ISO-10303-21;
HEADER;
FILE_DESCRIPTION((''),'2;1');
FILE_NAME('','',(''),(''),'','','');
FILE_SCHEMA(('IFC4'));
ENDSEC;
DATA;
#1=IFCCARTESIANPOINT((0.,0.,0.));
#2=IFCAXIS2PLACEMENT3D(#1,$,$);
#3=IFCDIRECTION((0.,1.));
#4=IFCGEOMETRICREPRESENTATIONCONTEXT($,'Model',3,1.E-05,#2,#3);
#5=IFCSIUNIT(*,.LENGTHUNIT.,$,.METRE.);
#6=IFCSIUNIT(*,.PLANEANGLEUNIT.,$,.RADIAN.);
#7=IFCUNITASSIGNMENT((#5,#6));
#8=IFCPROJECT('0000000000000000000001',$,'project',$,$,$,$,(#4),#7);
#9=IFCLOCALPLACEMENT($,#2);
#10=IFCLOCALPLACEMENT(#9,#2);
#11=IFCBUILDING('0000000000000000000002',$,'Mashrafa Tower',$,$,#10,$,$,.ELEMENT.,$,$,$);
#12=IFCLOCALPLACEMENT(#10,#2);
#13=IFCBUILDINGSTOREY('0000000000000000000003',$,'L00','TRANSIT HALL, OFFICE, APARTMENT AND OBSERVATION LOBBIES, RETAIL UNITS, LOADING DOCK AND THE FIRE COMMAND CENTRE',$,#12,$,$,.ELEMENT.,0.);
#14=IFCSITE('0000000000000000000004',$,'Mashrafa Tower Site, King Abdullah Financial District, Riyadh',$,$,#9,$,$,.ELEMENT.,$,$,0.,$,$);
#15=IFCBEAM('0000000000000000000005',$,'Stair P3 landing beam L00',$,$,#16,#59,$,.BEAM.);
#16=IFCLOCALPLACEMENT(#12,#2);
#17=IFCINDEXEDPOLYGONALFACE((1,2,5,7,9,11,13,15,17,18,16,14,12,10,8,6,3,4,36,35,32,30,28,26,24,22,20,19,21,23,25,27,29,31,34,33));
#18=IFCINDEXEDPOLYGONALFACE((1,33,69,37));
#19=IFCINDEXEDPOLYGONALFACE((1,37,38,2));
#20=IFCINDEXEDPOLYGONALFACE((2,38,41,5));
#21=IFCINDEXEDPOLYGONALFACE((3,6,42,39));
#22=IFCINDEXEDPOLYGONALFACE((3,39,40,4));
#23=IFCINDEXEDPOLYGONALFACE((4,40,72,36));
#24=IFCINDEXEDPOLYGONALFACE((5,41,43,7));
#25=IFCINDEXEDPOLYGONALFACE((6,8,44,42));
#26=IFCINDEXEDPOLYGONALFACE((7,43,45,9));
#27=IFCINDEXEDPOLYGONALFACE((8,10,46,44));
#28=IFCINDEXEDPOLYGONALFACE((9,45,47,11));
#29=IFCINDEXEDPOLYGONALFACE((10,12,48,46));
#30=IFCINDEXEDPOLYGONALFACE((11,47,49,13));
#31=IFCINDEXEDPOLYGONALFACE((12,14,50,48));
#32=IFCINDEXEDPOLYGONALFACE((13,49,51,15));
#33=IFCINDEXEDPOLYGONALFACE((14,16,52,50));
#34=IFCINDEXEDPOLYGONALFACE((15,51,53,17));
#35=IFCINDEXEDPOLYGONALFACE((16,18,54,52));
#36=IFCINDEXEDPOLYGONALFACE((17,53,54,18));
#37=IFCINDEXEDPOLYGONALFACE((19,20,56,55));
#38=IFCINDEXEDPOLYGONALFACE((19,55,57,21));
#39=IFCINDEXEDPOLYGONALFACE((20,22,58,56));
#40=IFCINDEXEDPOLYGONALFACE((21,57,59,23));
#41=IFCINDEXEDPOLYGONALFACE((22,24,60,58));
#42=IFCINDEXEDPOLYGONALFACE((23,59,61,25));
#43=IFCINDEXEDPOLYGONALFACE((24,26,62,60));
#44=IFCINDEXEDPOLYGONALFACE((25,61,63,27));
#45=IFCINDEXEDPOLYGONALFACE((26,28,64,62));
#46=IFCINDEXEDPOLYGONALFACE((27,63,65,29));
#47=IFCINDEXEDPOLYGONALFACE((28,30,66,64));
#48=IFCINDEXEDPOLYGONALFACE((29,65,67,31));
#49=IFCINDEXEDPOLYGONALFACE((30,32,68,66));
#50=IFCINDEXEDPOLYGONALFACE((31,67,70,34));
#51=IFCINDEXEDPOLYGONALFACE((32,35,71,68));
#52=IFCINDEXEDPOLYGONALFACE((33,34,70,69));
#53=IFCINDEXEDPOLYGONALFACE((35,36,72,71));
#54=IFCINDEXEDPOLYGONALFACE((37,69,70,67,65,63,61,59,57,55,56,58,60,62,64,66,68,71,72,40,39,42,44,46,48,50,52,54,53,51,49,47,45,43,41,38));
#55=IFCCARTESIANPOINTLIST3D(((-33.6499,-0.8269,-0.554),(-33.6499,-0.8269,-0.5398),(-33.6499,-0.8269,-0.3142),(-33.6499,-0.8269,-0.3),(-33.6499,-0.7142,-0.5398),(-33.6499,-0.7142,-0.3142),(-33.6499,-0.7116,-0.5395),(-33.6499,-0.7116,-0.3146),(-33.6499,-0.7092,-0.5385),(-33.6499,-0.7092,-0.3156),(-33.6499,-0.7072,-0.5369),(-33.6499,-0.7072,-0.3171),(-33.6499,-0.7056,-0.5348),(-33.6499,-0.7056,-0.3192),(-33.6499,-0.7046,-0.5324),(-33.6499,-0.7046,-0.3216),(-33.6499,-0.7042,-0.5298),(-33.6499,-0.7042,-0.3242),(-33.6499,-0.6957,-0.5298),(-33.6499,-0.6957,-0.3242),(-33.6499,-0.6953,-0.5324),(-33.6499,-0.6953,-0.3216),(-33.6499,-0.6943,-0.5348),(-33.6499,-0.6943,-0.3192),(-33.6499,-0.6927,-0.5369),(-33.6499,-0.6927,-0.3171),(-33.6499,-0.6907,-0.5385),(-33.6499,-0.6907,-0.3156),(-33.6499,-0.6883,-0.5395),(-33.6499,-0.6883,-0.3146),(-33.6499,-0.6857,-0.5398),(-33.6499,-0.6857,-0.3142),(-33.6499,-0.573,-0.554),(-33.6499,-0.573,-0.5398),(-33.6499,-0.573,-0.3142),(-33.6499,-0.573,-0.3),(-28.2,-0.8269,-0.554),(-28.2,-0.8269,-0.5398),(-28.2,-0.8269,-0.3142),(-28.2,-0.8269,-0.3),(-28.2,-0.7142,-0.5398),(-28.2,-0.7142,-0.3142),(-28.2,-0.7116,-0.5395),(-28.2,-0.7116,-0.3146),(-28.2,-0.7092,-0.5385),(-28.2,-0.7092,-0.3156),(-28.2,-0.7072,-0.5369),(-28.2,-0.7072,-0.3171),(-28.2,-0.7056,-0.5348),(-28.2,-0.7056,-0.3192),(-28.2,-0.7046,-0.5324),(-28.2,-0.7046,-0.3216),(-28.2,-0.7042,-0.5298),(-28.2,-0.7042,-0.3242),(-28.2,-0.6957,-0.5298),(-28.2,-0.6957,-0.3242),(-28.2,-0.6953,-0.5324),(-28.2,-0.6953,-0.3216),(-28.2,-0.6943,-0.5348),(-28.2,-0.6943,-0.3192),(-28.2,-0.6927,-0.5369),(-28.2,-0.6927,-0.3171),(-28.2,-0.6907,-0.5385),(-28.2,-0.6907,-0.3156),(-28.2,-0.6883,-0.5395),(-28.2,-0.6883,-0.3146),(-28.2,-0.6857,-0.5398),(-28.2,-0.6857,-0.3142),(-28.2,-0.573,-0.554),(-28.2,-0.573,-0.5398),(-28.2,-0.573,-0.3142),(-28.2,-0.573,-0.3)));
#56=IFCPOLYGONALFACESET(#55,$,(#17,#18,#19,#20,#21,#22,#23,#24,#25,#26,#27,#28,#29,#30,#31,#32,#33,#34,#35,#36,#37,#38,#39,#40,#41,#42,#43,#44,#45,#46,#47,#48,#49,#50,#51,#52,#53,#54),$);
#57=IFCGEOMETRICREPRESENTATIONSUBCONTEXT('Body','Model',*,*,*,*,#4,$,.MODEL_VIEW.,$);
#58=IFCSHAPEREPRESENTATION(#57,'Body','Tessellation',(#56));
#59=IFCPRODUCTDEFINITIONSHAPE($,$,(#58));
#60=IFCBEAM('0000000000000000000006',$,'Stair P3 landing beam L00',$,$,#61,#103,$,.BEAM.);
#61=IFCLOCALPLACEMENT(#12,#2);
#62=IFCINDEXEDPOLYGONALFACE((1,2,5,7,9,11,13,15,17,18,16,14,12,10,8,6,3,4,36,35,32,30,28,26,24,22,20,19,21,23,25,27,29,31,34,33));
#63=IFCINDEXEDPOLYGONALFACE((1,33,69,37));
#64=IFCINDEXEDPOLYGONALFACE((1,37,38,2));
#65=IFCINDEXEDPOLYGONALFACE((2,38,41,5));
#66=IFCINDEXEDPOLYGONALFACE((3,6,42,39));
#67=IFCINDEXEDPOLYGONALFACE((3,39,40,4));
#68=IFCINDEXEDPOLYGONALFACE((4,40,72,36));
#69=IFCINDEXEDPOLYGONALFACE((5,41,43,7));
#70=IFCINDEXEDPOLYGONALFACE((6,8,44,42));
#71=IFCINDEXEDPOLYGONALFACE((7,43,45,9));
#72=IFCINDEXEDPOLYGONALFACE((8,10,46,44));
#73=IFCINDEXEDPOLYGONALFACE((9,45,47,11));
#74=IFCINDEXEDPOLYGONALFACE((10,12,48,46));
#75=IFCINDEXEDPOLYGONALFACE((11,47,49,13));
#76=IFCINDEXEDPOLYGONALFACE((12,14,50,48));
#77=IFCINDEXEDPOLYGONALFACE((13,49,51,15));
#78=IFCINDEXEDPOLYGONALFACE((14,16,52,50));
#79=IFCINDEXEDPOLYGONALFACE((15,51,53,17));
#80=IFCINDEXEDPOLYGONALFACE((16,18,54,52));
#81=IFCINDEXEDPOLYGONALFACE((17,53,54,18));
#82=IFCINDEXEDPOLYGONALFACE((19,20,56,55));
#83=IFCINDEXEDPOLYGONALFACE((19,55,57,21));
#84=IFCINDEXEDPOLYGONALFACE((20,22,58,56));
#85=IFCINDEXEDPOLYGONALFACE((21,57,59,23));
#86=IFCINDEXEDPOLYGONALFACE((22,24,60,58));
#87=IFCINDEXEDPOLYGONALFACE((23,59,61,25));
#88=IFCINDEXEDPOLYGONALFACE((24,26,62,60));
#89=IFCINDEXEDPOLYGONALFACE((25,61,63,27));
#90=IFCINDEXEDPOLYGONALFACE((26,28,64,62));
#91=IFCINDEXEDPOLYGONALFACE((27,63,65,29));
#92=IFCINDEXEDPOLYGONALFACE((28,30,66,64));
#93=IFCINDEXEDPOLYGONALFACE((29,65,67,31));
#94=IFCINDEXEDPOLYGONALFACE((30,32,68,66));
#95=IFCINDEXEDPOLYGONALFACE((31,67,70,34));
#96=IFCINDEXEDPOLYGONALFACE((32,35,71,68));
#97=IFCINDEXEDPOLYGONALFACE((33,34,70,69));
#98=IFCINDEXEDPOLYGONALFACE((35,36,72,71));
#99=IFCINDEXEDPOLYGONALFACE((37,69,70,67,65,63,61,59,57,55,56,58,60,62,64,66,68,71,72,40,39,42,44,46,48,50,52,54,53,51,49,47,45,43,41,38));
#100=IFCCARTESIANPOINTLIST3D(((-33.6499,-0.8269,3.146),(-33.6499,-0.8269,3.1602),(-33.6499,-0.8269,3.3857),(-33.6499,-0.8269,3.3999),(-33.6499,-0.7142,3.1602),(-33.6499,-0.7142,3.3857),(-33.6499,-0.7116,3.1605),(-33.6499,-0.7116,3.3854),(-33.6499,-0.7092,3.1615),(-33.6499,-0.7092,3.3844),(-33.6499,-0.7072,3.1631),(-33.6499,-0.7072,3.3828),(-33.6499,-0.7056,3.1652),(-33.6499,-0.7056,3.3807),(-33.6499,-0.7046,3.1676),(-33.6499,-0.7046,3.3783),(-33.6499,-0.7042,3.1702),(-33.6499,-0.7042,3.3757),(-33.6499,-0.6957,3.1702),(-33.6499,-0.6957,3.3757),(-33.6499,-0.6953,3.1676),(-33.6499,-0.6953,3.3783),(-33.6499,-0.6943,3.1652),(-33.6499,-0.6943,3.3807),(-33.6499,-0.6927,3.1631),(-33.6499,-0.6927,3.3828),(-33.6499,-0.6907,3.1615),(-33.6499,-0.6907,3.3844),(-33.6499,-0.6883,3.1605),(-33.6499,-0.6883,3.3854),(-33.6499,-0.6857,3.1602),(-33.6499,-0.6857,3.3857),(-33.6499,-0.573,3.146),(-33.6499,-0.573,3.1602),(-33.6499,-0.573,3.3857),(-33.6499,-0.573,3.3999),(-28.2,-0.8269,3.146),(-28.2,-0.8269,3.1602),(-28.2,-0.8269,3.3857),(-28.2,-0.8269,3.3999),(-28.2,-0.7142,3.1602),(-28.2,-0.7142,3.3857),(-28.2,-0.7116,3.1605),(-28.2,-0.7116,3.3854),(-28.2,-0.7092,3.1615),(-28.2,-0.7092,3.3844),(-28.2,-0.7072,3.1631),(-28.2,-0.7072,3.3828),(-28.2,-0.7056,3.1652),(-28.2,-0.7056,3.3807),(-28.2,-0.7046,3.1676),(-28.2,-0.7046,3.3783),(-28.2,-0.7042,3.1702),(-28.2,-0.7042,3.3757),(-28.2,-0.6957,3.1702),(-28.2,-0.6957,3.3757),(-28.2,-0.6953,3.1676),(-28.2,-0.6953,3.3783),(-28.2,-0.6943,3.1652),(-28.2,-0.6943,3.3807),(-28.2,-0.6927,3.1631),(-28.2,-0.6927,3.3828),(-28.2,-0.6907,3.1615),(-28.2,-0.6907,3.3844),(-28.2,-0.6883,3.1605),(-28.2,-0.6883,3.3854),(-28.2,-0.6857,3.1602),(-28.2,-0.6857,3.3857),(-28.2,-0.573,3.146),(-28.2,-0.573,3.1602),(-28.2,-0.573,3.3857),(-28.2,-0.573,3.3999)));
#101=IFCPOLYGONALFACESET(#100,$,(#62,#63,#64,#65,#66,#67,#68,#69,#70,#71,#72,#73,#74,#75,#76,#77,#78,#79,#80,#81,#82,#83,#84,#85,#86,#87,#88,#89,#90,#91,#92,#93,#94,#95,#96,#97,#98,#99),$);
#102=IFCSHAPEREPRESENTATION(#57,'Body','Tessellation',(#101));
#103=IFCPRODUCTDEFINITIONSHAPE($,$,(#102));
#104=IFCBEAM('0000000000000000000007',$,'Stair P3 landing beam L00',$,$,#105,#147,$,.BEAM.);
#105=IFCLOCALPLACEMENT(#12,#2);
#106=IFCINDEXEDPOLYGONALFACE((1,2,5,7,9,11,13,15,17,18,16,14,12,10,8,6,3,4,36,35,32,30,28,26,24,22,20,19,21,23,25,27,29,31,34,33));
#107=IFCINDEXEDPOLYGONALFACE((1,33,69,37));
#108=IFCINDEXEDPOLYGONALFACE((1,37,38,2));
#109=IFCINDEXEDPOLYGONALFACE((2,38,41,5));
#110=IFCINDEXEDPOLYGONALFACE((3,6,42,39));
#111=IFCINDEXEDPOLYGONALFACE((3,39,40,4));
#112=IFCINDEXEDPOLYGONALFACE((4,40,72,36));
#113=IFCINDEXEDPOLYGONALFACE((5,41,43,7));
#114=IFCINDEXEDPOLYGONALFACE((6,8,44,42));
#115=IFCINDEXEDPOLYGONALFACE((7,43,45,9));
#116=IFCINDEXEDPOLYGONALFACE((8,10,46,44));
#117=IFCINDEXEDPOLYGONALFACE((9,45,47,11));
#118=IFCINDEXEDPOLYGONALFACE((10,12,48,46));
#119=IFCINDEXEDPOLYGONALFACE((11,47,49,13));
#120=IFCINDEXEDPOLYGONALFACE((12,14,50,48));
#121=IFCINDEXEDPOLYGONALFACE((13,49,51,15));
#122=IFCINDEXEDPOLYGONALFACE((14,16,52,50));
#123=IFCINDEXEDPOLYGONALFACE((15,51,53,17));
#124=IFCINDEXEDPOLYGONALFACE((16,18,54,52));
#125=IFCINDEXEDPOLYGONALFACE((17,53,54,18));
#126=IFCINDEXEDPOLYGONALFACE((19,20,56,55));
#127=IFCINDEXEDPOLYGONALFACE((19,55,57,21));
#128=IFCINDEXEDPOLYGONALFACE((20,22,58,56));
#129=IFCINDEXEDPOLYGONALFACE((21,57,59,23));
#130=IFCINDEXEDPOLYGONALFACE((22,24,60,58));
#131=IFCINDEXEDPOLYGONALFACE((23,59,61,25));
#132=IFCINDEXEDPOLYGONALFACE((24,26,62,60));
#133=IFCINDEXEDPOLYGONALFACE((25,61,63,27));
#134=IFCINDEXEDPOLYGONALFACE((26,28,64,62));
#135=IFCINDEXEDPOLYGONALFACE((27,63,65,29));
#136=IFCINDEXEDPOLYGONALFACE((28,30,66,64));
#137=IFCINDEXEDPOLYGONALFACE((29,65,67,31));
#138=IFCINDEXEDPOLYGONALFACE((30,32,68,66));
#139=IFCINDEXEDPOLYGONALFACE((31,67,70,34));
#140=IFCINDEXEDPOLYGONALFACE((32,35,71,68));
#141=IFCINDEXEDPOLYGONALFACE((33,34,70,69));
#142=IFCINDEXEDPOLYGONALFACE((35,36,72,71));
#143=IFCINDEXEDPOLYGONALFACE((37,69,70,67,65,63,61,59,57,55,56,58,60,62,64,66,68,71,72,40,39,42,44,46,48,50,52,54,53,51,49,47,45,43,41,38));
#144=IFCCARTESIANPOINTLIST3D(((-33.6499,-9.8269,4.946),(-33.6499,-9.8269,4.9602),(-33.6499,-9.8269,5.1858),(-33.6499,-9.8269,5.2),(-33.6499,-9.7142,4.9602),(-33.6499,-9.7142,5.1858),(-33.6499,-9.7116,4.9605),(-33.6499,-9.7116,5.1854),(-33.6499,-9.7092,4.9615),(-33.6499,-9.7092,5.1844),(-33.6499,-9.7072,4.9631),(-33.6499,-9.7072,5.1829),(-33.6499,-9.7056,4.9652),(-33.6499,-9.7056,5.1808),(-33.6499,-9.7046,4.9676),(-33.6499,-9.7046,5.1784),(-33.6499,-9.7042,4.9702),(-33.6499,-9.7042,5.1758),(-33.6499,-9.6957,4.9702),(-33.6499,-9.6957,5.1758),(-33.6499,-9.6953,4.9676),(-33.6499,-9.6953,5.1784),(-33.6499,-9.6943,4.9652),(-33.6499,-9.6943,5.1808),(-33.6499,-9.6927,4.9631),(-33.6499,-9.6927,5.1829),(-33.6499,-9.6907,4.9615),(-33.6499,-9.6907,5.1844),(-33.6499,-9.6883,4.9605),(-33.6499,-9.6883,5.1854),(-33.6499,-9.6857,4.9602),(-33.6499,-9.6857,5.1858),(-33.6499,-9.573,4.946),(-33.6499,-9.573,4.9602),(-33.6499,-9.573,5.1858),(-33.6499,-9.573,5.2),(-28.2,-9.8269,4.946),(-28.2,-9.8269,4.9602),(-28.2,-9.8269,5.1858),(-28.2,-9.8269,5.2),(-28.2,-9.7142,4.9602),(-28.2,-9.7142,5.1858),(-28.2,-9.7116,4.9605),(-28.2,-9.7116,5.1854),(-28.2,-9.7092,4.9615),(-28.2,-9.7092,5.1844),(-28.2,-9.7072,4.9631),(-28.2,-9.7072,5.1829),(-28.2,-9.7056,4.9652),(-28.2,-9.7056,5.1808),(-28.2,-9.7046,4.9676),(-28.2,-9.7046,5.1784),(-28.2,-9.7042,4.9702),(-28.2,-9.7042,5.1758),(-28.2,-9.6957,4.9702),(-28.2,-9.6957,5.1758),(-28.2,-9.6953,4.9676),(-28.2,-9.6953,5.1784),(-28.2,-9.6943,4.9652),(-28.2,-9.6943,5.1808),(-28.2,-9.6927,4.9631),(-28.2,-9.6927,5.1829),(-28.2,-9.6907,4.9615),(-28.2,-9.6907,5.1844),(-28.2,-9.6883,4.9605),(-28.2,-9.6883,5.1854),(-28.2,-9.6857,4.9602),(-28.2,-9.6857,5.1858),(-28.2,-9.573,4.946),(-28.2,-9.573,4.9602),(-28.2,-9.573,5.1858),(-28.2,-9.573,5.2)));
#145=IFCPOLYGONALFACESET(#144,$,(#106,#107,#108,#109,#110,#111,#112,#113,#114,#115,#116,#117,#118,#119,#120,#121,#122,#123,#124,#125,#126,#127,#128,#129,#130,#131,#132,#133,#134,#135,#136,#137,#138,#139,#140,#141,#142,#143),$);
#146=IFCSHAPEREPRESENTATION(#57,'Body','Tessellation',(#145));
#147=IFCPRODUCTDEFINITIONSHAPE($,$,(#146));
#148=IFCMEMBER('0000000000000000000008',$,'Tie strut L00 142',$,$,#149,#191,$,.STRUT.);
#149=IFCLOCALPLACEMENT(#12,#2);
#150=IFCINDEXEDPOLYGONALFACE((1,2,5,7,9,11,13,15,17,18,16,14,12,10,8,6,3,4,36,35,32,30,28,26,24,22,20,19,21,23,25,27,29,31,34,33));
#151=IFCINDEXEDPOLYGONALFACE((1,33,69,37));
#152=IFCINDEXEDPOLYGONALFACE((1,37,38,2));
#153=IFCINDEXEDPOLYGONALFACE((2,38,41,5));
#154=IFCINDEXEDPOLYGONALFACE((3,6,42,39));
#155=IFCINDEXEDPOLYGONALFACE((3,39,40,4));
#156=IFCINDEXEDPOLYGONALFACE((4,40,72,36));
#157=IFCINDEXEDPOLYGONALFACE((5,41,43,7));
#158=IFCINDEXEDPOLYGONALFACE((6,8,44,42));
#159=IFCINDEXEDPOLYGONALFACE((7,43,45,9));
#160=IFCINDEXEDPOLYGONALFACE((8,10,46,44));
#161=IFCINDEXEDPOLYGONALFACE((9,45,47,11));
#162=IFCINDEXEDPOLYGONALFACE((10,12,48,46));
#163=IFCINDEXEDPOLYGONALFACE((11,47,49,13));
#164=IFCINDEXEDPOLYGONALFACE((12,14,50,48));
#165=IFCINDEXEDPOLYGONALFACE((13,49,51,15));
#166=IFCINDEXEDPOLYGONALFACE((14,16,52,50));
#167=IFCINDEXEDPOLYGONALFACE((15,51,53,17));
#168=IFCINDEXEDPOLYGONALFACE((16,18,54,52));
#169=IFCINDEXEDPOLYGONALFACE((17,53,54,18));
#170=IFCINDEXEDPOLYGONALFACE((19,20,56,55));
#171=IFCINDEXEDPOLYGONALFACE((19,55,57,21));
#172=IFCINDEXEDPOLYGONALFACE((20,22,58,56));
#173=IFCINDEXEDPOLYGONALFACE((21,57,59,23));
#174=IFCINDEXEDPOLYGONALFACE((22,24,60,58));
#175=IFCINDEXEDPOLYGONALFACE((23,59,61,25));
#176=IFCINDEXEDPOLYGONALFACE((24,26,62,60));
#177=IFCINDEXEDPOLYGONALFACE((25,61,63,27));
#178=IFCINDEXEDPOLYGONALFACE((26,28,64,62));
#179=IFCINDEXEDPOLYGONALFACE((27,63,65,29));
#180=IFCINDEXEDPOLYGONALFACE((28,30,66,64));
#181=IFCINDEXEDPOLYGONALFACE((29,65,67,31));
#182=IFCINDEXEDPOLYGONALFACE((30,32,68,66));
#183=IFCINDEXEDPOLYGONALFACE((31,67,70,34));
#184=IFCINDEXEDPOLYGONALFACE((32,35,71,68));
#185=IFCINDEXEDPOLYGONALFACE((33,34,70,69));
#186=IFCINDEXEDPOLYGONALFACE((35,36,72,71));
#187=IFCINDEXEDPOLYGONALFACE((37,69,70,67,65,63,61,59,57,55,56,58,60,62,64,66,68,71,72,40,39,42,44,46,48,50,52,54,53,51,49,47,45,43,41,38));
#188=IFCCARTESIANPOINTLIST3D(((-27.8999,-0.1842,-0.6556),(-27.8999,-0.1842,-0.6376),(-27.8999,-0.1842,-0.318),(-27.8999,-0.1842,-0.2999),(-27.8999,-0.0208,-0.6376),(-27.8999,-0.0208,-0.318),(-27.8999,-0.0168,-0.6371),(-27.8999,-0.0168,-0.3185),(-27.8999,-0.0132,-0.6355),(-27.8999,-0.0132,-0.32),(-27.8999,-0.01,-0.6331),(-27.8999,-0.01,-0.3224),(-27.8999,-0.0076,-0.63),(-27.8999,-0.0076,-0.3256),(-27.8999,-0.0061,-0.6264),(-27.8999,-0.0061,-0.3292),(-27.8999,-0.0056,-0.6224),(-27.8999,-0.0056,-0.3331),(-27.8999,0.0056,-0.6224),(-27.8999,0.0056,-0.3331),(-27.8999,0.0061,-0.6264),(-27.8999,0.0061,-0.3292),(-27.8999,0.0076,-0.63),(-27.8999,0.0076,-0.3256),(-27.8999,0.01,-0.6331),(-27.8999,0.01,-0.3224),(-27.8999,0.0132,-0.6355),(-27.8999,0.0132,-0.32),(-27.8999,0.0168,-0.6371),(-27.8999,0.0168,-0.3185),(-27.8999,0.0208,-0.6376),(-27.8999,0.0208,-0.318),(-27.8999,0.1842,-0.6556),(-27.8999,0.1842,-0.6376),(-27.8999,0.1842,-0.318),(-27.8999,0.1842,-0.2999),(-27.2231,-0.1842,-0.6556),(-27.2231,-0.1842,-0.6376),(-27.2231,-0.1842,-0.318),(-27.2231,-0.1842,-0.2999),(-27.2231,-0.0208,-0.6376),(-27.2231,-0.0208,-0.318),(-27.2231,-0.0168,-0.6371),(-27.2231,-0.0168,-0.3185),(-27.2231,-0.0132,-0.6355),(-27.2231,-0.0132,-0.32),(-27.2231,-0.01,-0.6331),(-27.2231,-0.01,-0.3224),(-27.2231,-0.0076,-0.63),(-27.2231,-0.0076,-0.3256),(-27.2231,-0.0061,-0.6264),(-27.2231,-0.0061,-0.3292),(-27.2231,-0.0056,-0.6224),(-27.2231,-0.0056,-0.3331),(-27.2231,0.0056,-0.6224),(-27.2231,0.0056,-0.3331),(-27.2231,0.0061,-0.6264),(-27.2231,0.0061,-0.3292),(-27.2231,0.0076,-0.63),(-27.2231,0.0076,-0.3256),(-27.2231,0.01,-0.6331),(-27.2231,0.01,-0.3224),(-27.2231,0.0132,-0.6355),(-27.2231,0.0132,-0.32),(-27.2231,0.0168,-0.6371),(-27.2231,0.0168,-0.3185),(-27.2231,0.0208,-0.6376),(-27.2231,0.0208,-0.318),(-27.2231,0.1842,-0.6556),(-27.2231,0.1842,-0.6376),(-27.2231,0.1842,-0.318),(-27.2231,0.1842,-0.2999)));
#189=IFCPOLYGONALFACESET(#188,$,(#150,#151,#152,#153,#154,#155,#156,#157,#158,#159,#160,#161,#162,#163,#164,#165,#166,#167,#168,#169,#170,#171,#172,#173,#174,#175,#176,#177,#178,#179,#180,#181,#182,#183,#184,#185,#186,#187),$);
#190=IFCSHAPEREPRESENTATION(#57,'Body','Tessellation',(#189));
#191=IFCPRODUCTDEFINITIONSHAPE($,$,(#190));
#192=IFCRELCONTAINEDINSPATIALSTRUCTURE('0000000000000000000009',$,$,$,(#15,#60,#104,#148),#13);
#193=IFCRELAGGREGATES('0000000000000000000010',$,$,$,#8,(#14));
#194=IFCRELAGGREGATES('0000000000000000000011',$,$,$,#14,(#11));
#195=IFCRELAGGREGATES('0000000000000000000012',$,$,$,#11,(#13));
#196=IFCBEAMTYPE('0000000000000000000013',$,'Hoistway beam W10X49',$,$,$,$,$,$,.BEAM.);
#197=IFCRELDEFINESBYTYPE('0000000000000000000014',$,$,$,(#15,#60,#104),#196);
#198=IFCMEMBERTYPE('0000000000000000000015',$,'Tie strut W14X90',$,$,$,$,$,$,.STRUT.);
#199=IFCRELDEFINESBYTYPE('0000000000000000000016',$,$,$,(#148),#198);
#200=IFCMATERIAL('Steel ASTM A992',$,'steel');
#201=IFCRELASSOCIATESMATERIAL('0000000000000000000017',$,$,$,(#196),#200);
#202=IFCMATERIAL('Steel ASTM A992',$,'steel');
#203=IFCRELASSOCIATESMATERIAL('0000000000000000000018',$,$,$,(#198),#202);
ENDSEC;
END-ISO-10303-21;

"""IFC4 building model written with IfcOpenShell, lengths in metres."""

from ifc_helpers import new_model, si_unit, direction, frame, origin, origin_2d, place, context, subcontext, project, spatial, i_section, extrude, source, transform, mapped, material, material_profile, profile_set, type_object, type_shapes, element, save


model = new_model("IFC4")

# Units and contexts
model_context = context("Model", 3, precision=1e-05, world=origin(), true_north=direction((0.0, 1.0)))
body_context = subcontext(model_context, "Body", "Model", "MODEL_VIEW")
ifc_project = project(units=[si_unit("LENGTHUNIT", "METRE"), si_unit("PLANEANGLEUNIT", "RADIAN")], contexts=[model_context])

# Site, building, storey
site_placement = place(None, origin())
site = spatial("IfcSite", under=ifc_project, at=site_placement, Name="Mashrafa Tower Site, King Abdullah Financial District, Riyadh", CompositionType="ELEMENT", RefElevation=0.0)
building_placement = place(site_placement, origin())
building = spatial("IfcBuilding", under=site, at=building_placement, Name="Mashrafa Tower", CompositionType="ELEMENT")
storey_placement = place(building_placement, origin())
storey = spatial("IfcBuildingStorey", under=building, at=storey_placement, Name="L00", Description="TRANSIT HALL, OFFICE, APARTMENT AND OBSERVATION LOBBIES, RETAIL UNITS, LOADING DOCK AND THE FIRE COMMAND CENTRE", CompositionType="ELEMENT", Elevation=0.0)

# Beams
ifc_material_1 = material(Name="Steel ASTM A992", Category="steel")
ifc_material_profile_1 = material_profile(ifc_material_1, i_section(OverallWidth=0.2539, OverallDepth=0.2539, WebThickness=0.0085, FlangeThickness=0.0142, FilletRadius=0.01, at=origin_2d()), Name="W10X49")
ifc_profile_set_1 = profile_set([ifc_material_profile_1], Name="Steel ASTM A992")
beam_type_1 = type_object("IfcBeamType", Name="Hoistway beam W10X49", PredefinedType="BEAM", material=ifc_profile_set_1)
for number, where, z_axis, x_axis, name in (
    (1, (-33.6499, -0.7, -0.427), (1.0, 0.0, 0.0), (0.0, 1.0, 0.0), "Stair P3 landing beam L00"),
    (2, (-33.6499, -0.7, 3.2729), (1.0, 0.0, 0.0), (0.0, 1.0, 0.0), "Stair P3 landing beam L00"),
    (3, (-33.6499, -9.7, 5.073), (1.0, 0.0, 0.0), (0.0, 1.0, 0.0), "Stair P3 landing beam L00"),
):
    element("IfcBeam", number, at=place(storey_placement, frame(where, z_axis=z_axis, x_axis=x_axis)), inside=storey, type_object=beam_type_1, Name=name, PredefinedType="BEAM", context=body_context, shape_type="SweptSolid", body=[
        extrude(i_section(OverallWidth=0.2539, OverallDepth=0.2539, WebThickness=0.0085, FlangeThickness=0.0142, FilletRadius=0.01, at=origin_2d()), origin(), (0.0, 0.0, 1.0), 5.45),
    ])

# Member
ifc_material_2 = material(Name="Steel ASTM A992", Category="steel")
ifc_material_profile_2 = material_profile(ifc_material_2, i_section(OverallWidth=0.3684, OverallDepth=0.3557, WebThickness=0.0112, FlangeThickness=0.0181, FilletRadius=0.0151, at=origin_2d()), Name="W14X90")
ifc_profile_set_2 = profile_set([ifc_material_profile_2], Name="Steel ASTM A992")
member_type = type_object("IfcMemberType", Name="Tie strut W14X90", PredefinedType="STRUT", material=ifc_profile_set_2)
shared_shape = source(origin(), body_context, "Body", "SweptSolid", [
    extrude(i_section(OverallWidth=0.3684, OverallDepth=0.3557, WebThickness=0.0112, FlangeThickness=0.0181, FilletRadius=0.0151, at=origin_2d()), origin(), (0.0, 0.0, 1.0), 0.6768),
])
type_shapes(member_type, [shared_shape])
member_placement = place(storey_placement, frame((-27.2231, 0.0, -0.4778), z_axis=(-1.0, 0.0, 0.0), x_axis=(0.0, -1.0, 0.0)))
element("IfcMember", 4, at=member_placement, inside=storey, type_object=member_type, Name="Tie strut L00 142", PredefinedType="STRUT", context=body_context, shape_type="MappedRepresentation", body=[
    mapped(shared_shape, transform((0.0, 0.0, 0.0))),
])

save(model, "model.ifc")
